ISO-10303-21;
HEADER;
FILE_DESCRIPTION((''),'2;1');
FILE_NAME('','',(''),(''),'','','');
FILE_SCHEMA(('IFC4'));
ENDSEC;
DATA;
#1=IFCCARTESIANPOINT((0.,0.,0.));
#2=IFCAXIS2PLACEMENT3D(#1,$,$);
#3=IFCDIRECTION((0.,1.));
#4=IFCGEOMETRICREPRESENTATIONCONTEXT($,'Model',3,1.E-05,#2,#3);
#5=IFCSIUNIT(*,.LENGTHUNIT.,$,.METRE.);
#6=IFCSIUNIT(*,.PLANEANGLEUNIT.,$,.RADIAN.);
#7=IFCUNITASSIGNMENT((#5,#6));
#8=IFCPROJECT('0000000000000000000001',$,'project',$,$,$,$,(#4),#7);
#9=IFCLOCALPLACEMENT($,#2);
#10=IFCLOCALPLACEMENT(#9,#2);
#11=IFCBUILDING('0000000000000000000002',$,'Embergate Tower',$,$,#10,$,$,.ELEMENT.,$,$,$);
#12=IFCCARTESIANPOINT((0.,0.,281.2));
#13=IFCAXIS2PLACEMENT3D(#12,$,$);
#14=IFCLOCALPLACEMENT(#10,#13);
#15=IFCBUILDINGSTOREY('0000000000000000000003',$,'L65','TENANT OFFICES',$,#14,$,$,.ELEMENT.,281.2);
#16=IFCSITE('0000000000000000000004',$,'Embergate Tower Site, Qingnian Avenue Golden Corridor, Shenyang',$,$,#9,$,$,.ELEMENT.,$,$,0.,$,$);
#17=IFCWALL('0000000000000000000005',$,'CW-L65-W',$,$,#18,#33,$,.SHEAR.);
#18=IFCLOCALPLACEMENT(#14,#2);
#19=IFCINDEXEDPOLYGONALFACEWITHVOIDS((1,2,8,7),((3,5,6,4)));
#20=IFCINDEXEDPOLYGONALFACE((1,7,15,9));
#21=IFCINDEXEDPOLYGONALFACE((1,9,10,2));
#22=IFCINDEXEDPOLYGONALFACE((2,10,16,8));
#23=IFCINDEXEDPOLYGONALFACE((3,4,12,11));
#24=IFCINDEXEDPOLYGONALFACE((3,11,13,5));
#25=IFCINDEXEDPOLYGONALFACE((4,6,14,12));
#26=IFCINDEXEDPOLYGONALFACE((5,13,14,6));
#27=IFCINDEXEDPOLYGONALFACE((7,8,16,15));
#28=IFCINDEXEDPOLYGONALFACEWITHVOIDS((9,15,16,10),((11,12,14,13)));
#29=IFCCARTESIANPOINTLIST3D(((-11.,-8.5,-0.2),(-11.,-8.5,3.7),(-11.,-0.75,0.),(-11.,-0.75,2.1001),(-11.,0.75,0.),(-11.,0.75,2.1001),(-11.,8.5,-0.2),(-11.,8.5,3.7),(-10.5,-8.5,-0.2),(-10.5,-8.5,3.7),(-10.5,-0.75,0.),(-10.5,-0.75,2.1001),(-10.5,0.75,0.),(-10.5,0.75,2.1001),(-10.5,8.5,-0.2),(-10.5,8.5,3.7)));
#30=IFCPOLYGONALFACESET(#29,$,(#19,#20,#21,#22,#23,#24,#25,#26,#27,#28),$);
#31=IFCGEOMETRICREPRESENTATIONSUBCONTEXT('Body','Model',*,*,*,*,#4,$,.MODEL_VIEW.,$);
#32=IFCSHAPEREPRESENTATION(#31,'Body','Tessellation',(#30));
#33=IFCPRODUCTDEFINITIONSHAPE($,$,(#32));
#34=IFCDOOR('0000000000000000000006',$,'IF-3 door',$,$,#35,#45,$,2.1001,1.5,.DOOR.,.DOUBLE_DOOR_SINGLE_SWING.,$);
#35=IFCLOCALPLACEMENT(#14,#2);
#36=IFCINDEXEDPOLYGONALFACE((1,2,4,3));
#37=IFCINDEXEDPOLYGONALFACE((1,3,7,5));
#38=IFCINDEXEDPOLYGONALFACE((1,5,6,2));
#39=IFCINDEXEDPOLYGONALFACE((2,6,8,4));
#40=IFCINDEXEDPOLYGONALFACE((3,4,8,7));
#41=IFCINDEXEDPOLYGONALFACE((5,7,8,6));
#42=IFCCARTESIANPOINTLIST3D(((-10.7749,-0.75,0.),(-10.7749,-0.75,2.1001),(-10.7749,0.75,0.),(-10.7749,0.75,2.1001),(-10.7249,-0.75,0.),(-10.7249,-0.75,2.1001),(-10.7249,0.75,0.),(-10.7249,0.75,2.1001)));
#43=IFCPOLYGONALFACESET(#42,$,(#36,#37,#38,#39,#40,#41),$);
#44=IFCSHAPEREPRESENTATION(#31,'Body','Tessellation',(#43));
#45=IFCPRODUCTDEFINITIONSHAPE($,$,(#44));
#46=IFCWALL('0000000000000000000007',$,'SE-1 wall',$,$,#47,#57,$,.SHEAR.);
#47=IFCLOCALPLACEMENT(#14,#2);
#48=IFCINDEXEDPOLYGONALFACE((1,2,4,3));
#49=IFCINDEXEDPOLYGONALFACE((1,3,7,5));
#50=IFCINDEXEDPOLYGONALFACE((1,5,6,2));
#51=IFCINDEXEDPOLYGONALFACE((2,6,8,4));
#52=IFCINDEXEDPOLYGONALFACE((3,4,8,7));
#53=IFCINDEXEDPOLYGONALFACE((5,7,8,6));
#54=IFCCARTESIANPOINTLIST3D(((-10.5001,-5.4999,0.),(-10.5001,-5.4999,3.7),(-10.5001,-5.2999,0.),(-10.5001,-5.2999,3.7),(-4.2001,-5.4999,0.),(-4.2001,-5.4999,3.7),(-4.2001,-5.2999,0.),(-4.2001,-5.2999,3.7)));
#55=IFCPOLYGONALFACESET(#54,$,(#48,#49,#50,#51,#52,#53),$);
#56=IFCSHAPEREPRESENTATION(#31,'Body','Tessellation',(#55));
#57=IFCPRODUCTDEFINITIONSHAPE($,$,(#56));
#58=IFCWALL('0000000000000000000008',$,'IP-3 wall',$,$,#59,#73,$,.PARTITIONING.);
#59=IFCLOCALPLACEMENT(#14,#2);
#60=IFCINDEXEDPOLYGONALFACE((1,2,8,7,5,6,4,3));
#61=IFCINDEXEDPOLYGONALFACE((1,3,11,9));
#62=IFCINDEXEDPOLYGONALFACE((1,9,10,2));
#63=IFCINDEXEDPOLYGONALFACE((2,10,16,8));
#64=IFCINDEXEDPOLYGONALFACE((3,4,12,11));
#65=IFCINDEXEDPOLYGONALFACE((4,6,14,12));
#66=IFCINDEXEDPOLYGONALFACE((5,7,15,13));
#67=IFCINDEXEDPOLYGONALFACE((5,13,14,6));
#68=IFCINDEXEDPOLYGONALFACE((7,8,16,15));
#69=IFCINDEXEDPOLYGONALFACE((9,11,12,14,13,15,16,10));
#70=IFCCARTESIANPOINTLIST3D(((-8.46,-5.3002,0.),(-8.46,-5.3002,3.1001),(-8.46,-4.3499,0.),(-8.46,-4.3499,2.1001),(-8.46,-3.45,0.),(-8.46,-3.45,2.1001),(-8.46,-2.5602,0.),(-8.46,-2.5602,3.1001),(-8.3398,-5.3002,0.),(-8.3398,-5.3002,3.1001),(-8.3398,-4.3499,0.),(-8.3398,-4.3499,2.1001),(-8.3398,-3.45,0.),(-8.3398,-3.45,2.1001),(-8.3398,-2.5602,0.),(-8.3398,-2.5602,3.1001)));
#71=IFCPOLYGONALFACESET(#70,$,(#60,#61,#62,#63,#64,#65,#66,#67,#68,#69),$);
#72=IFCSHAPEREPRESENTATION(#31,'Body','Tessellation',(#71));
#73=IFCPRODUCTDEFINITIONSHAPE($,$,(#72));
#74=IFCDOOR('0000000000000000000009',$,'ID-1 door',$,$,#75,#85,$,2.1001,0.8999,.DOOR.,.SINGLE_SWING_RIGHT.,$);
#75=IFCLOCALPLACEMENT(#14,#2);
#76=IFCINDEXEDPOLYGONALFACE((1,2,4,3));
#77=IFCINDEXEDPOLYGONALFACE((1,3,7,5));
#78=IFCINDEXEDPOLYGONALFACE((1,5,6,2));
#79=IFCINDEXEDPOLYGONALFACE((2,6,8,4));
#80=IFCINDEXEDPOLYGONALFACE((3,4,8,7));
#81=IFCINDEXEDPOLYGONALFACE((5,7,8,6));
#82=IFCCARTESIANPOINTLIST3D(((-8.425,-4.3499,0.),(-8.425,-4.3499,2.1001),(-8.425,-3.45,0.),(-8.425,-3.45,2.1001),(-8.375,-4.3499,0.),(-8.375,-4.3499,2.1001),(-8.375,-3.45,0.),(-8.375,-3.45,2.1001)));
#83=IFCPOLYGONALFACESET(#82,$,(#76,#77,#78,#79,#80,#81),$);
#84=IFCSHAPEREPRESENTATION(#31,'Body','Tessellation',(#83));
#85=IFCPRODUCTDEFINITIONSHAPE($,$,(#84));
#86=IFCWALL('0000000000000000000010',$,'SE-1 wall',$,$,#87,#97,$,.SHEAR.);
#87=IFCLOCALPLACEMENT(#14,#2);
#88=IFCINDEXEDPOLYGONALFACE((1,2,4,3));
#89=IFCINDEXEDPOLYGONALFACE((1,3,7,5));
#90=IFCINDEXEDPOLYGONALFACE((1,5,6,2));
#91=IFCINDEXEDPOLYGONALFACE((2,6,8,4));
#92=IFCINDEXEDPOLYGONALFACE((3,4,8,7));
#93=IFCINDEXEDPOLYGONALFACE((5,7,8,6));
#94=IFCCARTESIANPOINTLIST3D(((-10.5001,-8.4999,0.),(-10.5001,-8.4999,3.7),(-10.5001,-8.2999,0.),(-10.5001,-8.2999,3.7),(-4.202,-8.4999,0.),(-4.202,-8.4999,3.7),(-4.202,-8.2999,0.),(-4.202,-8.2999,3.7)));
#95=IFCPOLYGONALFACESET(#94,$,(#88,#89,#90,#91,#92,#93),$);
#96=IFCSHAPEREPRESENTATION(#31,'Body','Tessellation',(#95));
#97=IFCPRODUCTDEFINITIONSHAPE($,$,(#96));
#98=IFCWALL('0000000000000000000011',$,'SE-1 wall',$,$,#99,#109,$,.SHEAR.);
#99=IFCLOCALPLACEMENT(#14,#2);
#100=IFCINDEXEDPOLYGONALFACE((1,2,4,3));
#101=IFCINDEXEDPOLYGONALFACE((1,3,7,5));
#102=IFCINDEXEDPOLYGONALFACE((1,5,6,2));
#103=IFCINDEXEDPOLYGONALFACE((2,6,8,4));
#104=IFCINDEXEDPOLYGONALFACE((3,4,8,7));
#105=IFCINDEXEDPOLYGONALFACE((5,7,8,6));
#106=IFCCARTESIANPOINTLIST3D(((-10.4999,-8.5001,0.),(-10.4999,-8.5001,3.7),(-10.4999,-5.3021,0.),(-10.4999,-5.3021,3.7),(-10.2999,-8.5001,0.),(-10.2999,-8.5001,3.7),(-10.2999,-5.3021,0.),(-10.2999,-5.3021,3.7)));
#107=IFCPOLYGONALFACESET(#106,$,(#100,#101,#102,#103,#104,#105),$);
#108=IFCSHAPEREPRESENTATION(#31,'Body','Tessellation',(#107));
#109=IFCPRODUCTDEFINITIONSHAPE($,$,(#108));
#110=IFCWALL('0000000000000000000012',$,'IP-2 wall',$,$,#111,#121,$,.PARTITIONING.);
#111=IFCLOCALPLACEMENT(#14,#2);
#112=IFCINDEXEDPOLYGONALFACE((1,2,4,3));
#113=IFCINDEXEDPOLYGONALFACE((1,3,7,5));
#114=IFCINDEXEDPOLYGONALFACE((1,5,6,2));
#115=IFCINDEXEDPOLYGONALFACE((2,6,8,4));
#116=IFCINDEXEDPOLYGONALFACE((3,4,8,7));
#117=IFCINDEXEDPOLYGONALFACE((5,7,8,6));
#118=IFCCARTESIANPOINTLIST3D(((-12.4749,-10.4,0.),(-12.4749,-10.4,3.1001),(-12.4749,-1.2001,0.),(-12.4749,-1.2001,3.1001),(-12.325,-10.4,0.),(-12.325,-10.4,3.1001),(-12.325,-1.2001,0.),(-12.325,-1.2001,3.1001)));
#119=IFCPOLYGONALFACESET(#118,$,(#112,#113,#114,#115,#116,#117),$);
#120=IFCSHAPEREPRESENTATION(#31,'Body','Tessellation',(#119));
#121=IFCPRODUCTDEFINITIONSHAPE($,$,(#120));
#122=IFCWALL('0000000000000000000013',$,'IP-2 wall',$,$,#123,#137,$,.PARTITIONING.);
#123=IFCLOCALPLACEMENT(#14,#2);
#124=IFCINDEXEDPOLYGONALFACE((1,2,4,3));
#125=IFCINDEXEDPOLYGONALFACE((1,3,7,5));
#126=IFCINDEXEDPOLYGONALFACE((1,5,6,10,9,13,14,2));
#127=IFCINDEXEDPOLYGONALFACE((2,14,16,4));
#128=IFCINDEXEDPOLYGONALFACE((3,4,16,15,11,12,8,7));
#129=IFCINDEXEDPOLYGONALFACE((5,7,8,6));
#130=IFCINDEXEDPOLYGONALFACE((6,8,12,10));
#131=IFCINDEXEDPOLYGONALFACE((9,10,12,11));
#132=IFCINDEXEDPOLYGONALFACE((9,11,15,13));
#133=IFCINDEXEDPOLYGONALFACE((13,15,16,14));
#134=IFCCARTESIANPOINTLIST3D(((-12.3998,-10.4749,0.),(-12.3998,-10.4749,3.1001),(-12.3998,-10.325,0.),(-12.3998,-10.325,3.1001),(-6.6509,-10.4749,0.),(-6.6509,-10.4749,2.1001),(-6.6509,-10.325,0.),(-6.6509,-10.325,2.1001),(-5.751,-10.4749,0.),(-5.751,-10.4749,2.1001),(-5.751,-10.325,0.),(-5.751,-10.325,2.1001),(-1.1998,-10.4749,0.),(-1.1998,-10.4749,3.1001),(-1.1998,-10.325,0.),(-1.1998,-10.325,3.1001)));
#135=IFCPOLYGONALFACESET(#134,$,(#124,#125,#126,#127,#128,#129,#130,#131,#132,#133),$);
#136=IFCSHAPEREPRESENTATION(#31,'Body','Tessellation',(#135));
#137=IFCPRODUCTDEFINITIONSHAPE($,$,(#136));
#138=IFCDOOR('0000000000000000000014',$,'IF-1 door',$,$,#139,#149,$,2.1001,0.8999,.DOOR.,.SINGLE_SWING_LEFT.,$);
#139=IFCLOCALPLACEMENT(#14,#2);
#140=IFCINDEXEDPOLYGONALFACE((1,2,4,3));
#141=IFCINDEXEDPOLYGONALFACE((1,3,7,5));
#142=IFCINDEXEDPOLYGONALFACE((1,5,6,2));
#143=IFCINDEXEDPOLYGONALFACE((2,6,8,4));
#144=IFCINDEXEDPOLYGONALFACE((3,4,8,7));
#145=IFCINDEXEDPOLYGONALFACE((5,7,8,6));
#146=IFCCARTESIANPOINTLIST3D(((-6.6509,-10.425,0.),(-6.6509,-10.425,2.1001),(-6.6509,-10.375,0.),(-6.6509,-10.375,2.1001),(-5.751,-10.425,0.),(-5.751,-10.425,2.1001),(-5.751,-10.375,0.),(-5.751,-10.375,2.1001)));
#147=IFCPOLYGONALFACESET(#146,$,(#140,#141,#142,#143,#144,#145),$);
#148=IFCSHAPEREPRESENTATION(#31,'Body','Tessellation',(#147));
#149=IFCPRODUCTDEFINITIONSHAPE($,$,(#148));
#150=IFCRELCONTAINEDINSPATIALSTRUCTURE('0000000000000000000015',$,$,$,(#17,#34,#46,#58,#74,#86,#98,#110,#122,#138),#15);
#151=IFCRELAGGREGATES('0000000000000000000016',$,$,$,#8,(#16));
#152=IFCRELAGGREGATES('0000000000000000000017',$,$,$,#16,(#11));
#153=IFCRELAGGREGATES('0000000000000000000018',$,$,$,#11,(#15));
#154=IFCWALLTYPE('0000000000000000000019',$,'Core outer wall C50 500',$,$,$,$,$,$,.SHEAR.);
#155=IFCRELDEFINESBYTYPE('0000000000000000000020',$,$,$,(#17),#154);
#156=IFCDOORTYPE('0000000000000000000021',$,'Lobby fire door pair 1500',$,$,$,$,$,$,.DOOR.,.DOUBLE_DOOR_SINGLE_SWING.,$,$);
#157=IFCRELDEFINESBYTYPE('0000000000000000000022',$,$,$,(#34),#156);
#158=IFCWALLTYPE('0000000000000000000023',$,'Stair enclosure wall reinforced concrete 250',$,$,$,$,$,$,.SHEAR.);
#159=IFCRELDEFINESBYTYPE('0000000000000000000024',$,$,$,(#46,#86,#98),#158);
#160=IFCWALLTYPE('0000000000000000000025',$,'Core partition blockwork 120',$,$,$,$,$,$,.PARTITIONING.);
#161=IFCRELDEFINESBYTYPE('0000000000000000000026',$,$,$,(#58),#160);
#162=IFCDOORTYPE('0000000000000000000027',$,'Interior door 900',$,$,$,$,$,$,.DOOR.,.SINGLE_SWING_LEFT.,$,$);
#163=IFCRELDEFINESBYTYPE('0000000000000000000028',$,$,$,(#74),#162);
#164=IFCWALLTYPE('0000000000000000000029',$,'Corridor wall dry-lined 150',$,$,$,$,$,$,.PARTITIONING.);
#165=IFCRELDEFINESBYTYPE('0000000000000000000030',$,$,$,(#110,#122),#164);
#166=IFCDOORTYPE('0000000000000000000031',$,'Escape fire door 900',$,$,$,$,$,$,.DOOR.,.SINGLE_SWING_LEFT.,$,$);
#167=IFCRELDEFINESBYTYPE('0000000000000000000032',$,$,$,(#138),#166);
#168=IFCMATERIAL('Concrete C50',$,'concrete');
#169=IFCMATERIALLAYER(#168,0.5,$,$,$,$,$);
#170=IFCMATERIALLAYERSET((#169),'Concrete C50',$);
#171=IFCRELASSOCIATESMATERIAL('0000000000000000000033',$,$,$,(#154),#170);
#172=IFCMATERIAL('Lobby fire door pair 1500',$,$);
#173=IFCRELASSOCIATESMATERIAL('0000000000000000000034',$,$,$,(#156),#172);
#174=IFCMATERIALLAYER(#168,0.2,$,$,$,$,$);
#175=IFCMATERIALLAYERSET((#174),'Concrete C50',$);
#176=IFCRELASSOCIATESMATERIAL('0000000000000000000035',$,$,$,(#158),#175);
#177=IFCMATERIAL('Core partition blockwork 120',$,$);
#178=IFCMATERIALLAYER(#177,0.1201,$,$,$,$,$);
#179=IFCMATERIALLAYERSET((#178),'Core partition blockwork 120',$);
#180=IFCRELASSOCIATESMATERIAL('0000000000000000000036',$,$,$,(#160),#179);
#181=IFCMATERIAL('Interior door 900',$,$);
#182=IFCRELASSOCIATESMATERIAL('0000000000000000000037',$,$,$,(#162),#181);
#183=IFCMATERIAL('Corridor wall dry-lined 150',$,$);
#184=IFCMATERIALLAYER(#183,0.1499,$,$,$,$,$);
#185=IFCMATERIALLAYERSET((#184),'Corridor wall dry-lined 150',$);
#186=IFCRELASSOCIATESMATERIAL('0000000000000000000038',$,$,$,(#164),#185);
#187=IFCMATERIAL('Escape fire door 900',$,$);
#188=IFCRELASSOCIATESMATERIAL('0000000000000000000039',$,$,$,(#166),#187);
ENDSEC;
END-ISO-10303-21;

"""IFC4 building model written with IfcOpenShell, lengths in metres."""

from ifc_helpers import new_model, si_unit, direction, frame, frame_2d, origin, place, context, subcontext, project, spatial, rectangle, extrude, source, transform, mapped, material, layer, layer_set, type_object, element, fill, save


model = new_model("IFC4")

# Units and contexts
model_context = context("Model", 3, precision=1e-05, world=origin(), true_north=direction((0.0, 1.0)))
body_context = subcontext(model_context, "Body", "Model", "MODEL_VIEW")
ifc_project = project(units=[si_unit("LENGTHUNIT", "METRE"), si_unit("PLANEANGLEUNIT", "RADIAN")], contexts=[model_context])

# Site, building, storey
site_placement = place(None, origin())
site = spatial("IfcSite", under=ifc_project, at=site_placement, Name="Embergate Tower Site, Qingnian Avenue Golden Corridor, Shenyang", CompositionType="ELEMENT", RefElevation=0.0)
building_placement = place(site_placement, origin())
building = spatial("IfcBuilding", under=site, at=building_placement, Name="Embergate Tower", CompositionType="ELEMENT")
storey_placement = place(building_placement, frame((0.0, 0.0, 281.2)))
storey = spatial("IfcBuildingStorey", under=building, at=storey_placement, Name="L65", Description="TENANT OFFICES", CompositionType="ELEMENT", Elevation=281.2)

# Shared definitions
ifc_material_1 = material(Name="Concrete C50", Category="concrete")
ifc_layer_1 = layer(ifc_material_1, 0.5)
ifc_layer_set_1 = layer_set([ifc_layer_1], Name="Concrete C50")
wall_type_1 = type_object("IfcWallType", Name="Core outer wall C50 500", PredefinedType="SHEAR", material=ifc_layer_set_1)

# Wall, opening, door
shared_shape_1 = source(origin(), body_context, "Body", "SweptSolid", [
    extrude(rectangle(XDim=17.0, YDim=0.5, at=frame_2d((8.5, 0.0))), origin(), (0.0, 0.0, 1.0), 3.8999),
])
wall_1_placement = place(storey_placement, frame((-10.75, -8.5, -0.2), z_axis=(0.0, 0.0, 1.0), x_axis=(0.0, 1.0, 0.0)))
wall_1 = element("IfcWall", 1, at=wall_1_placement, inside=storey, type_object=wall_type_1, Name="CW-L65-W", PredefinedType="SHEAR", context=body_context, shape_type="MappedRepresentation", body=[
    mapped(shared_shape_1, transform((0.0, 0.0, 0.0))),
])
shared_shape_2 = source(origin(), body_context, "Body", "SweptSolid", [
    extrude(rectangle(XDim=1.5, YDim=2.1001, at=frame_2d((0.75, 1.05))), frame((0.0, 0.26, 0.0), z_axis=(0.0, -1.0, 0.0), x_axis=(1.0, 0.0, 0.0)), (0.0, 0.0, 1.0), 0.52),
])
opening_1_placement = place(wall_1_placement, frame((7.75, 0.0, 0.2)))
opening_1 = element("IfcOpeningElement", 2, at=opening_1_placement, cuts=wall_1, PredefinedType="OPENING", context=body_context, shape_type="MappedRepresentation", body=[
    mapped(shared_shape_2, transform((0.0, 0.0, 0.0))),
])
ifc_material_2 = material(Name="Lobby fire door pair 1500")
door_type_1 = type_object("IfcDoorType", Name="Lobby fire door pair 1500", OperationType="DOUBLE_DOOR_SINGLE_SWING", PredefinedType="DOOR", material=ifc_material_2)
shared_shape_3 = source(origin(), body_context, "Body", "SweptSolid", [
    extrude(rectangle(XDim=1.5, YDim=2.1001, at=frame_2d((0.75, 1.05))), frame((0.0, 0.0249, 0.0), z_axis=(0.0, -1.0, 0.0), x_axis=(1.0, 0.0, 0.0)), (0.0, 0.0, 1.0), 0.05),
])
door_1_placement = place(opening_1_placement, origin())
door_1 = element("IfcDoor", 3, at=door_1_placement, inside=storey, type_object=door_type_1, Name="IF-3 door", OperationType="DOUBLE_DOOR_SINGLE_SWING", OverallHeight=2.1001, OverallWidth=1.5, PredefinedType="DOOR", context=body_context, shape_type="MappedRepresentation", body=[
    mapped(shared_shape_3, transform((0.0, 0.0, 0.0))),
])
fill(opening_1, door_1)

# Wall
ifc_layer_2 = layer(ifc_material_1, 0.2)
ifc_layer_set_2 = layer_set([ifc_layer_2], Name="Concrete C50")
wall_type_2 = type_object("IfcWallType", Name="Stair enclosure wall reinforced concrete 250", PredefinedType="SHEAR", material=ifc_layer_set_2)
shared_shape_4 = source(origin(), body_context, "Body", "SweptSolid", [
    extrude(rectangle(XDim=6.3, YDim=0.2, at=frame_2d((3.1499, 0.0))), origin(), (0.0, 0.0, 1.0), 3.7),
])
wall_2_placement = place(storey_placement, frame((-10.5, -5.3999, 0.0), z_axis=(0.0, 0.0, 1.0), x_axis=(1.0, 0.0, 0.0)))
element("IfcWall", 4, at=wall_2_placement, inside=storey, type_object=wall_type_2, Name="SE-1 wall", PredefinedType="SHEAR", context=body_context, shape_type="MappedRepresentation", body=[
    mapped(shared_shape_4, transform((0.0, 0.0, 0.0))),
])

# Wall, opening, door
ifc_material_3 = material(Name="Core partition blockwork 120")
ifc_layer_3 = layer(ifc_material_3, 0.1201)
ifc_layer_set_3 = layer_set([ifc_layer_3], Name="Core partition blockwork 120")
wall_type_3 = type_object("IfcWallType", Name="Core partition blockwork 120", PredefinedType="PARTITIONING", material=ifc_layer_set_3)
shared_shape_5 = source(origin(), body_context, "Body", "SweptSolid", [
    extrude(rectangle(XDim=2.74, YDim=0.1201, at=frame_2d((1.3701, 0.0))), origin(), (0.0, 0.0, 1.0), 3.1001),
])
wall_3_placement = place(storey_placement, frame((-8.3999, -2.5601, 0.0), z_axis=(0.0, 0.0, 1.0), x_axis=(0.0, -1.0, 0.0)))
wall_3 = element("IfcWall", 5, at=wall_3_placement, inside=storey, type_object=wall_type_3, Name="IP-3 wall", PredefinedType="PARTITIONING", context=body_context, shape_type="MappedRepresentation", body=[
    mapped(shared_shape_5, transform((0.0, 0.0, 0.0))),
])
shared_shape_6 = source(origin(), body_context, "Body", "SweptSolid", [
    extrude(rectangle(XDim=0.8999, YDim=2.1001, at=frame_2d((0.45, 1.05))), frame((0.0, 0.0701, 0.0), z_axis=(0.0, -1.0, 0.0), x_axis=(1.0, 0.0, 0.0)), (0.0, 0.0, 1.0), 0.1401),
])
opening_2_placement = place(wall_3_placement, frame((0.8899, 0.0, 0.0)))
opening_2 = element("IfcOpeningElement", 6, at=opening_2_placement, cuts=wall_3, PredefinedType="OPENING", context=body_context, shape_type="MappedRepresentation", body=[
    mapped(shared_shape_6, transform((0.0, 0.0, 0.0))),
])
ifc_material_4 = material(Name="Interior door 900")
door_type_2 = type_object("IfcDoorType", Name="Interior door 900", OperationType="SINGLE_SWING_LEFT", PredefinedType="DOOR", material=ifc_material_4)
shared_shape_7 = source(origin(), body_context, "Body", "SweptSolid", [
    extrude(rectangle(XDim=0.8999, YDim=2.1001, at=frame_2d((0.45, 1.05))), frame((0.0, 0.0249, 0.0), z_axis=(0.0, -1.0, 0.0), x_axis=(1.0, 0.0, 0.0)), (0.0, 0.0, 1.0), 0.05),
])
door_2_placement = place(opening_2_placement, origin())
door_2 = element("IfcDoor", 7, at=door_2_placement, inside=storey, type_object=door_type_2, Name="ID-1 door", OperationType="SINGLE_SWING_RIGHT", OverallHeight=2.1001, OverallWidth=0.8999, PredefinedType="DOOR", context=body_context, shape_type="MappedRepresentation", body=[
    mapped(shared_shape_7, transform((0.0, 0.0, 0.0))),
])
fill(opening_2, door_2)

# Walls
shared_shape_8 = source(origin(), body_context, "Body", "SweptSolid", [
    extrude(rectangle(XDim=6.2981, YDim=0.2, at=frame_2d((3.1489, 0.0))), origin(), (0.0, 0.0, 1.0), 3.7),
])
wall_4_placement = place(storey_placement, frame((-10.5, -8.3999, 0.0), z_axis=(0.0, 0.0, 1.0), x_axis=(1.0, 0.0, 0.0)))
element("IfcWall", 8, at=wall_4_placement, inside=storey, type_object=wall_type_2, Name="SE-1 wall", PredefinedType="SHEAR", context=body_context, shape_type="MappedRepresentation", body=[
    mapped(shared_shape_8, transform((0.0, 0.0, 0.0))),
])
shared_shape_9 = source(origin(), body_context, "Body", "SweptSolid", [
    extrude(rectangle(XDim=3.198, YDim=0.2, at=frame_2d((1.5991, 0.0))), origin(), (0.0, 0.0, 1.0), 3.7),
])
wall_5_placement = place(storey_placement, frame((-10.3999, -5.302, 0.0), z_axis=(0.0, 0.0, 1.0), x_axis=(0.0, -1.0, 0.0)))
element("IfcWall", 9, at=wall_5_placement, inside=storey, type_object=wall_type_2, Name="SE-1 wall", PredefinedType="SHEAR", context=body_context, shape_type="MappedRepresentation", body=[
    mapped(shared_shape_9, transform((0.0, 0.0, 0.0))),
])
ifc_material_5 = material(Name="Corridor wall dry-lined 150")
ifc_layer_4 = layer(ifc_material_5, 0.1499)
ifc_layer_set_4 = layer_set([ifc_layer_4], Name="Corridor wall dry-lined 150")
wall_type_4 = type_object("IfcWallType", Name="Corridor wall dry-lined 150", PredefinedType="PARTITIONING", material=ifc_layer_set_4)
shared_shape_10 = source(origin(), body_context, "Body", "SweptSolid", [
    extrude(rectangle(XDim=9.2, YDim=0.1499, at=frame_2d((4.6001, 0.0))), origin(), (0.0, 0.0, 1.0), 3.1001),
])
wall_6_placement = place(storey_placement, frame((-12.3999, -1.2, 0.0), z_axis=(0.0, 0.0, 1.0), x_axis=(0.0, -1.0, 0.0)))
element("IfcWall", 10, at=wall_6_placement, inside=storey, type_object=wall_type_4, Name="IP-2 wall", PredefinedType="PARTITIONING", context=body_context, shape_type="MappedRepresentation", body=[
    mapped(shared_shape_10, transform((0.0, 0.0, 0.0))),
])

# Wall, opening, door
shared_shape_11 = source(origin(), body_context, "Body", "SweptSolid", [
    extrude(rectangle(XDim=11.2, YDim=0.1499, at=frame_2d((5.6001, 0.0))), origin(), (0.0, 0.0, 1.0), 3.1001),
])
wall_7_placement = place(storey_placement, frame((-12.3999, -10.3999, 0.0), z_axis=(0.0, 0.0, 1.0), x_axis=(1.0, 0.0, 0.0)))
wall_7 = element("IfcWall", 11, at=wall_7_placement, inside=storey, type_object=wall_type_4, Name="IP-2 wall", PredefinedType="PARTITIONING", context=body_context, shape_type="MappedRepresentation", body=[
    mapped(shared_shape_11, transform((0.0, 0.0, 0.0))),
])
shared_shape_12 = source(origin(), body_context, "Body", "SweptSolid", [
    extrude(rectangle(XDim=0.8999, YDim=2.1001, at=frame_2d((0.45, 1.05))), frame((0.0, 0.085, 0.0), z_axis=(0.0, -1.0, 0.0), x_axis=(1.0, 0.0, 0.0)), (0.0, 0.0, 1.0), 0.1699),
])
opening_3_placement = place(wall_7_placement, frame((5.749, 0.0, 0.0)))
opening_3 = element("IfcOpeningElement", 12, at=opening_3_placement, cuts=wall_7, PredefinedType="OPENING", context=body_context, shape_type="MappedRepresentation", body=[
    mapped(shared_shape_12, transform((0.0, 0.0, 0.0))),
])
ifc_material_6 = material(Name="Escape fire door 900")
door_type_3 = type_object("IfcDoorType", Name="Escape fire door 900", OperationType="SINGLE_SWING_LEFT", PredefinedType="DOOR", material=ifc_material_6)
door_3_placement = place(opening_3_placement, origin())
door_3 = element("IfcDoor", 13, at=door_3_placement, inside=storey, type_object=door_type_3, Name="IF-1 door", OperationType="SINGLE_SWING_LEFT", OverallHeight=2.1001, OverallWidth=0.8999, PredefinedType="DOOR", context=body_context, shape_type="MappedRepresentation", body=[
    mapped(shared_shape_7, transform((0.0, 0.0, 0.0))),
])
fill(opening_3, door_3)

save(model, "model.ifc")
